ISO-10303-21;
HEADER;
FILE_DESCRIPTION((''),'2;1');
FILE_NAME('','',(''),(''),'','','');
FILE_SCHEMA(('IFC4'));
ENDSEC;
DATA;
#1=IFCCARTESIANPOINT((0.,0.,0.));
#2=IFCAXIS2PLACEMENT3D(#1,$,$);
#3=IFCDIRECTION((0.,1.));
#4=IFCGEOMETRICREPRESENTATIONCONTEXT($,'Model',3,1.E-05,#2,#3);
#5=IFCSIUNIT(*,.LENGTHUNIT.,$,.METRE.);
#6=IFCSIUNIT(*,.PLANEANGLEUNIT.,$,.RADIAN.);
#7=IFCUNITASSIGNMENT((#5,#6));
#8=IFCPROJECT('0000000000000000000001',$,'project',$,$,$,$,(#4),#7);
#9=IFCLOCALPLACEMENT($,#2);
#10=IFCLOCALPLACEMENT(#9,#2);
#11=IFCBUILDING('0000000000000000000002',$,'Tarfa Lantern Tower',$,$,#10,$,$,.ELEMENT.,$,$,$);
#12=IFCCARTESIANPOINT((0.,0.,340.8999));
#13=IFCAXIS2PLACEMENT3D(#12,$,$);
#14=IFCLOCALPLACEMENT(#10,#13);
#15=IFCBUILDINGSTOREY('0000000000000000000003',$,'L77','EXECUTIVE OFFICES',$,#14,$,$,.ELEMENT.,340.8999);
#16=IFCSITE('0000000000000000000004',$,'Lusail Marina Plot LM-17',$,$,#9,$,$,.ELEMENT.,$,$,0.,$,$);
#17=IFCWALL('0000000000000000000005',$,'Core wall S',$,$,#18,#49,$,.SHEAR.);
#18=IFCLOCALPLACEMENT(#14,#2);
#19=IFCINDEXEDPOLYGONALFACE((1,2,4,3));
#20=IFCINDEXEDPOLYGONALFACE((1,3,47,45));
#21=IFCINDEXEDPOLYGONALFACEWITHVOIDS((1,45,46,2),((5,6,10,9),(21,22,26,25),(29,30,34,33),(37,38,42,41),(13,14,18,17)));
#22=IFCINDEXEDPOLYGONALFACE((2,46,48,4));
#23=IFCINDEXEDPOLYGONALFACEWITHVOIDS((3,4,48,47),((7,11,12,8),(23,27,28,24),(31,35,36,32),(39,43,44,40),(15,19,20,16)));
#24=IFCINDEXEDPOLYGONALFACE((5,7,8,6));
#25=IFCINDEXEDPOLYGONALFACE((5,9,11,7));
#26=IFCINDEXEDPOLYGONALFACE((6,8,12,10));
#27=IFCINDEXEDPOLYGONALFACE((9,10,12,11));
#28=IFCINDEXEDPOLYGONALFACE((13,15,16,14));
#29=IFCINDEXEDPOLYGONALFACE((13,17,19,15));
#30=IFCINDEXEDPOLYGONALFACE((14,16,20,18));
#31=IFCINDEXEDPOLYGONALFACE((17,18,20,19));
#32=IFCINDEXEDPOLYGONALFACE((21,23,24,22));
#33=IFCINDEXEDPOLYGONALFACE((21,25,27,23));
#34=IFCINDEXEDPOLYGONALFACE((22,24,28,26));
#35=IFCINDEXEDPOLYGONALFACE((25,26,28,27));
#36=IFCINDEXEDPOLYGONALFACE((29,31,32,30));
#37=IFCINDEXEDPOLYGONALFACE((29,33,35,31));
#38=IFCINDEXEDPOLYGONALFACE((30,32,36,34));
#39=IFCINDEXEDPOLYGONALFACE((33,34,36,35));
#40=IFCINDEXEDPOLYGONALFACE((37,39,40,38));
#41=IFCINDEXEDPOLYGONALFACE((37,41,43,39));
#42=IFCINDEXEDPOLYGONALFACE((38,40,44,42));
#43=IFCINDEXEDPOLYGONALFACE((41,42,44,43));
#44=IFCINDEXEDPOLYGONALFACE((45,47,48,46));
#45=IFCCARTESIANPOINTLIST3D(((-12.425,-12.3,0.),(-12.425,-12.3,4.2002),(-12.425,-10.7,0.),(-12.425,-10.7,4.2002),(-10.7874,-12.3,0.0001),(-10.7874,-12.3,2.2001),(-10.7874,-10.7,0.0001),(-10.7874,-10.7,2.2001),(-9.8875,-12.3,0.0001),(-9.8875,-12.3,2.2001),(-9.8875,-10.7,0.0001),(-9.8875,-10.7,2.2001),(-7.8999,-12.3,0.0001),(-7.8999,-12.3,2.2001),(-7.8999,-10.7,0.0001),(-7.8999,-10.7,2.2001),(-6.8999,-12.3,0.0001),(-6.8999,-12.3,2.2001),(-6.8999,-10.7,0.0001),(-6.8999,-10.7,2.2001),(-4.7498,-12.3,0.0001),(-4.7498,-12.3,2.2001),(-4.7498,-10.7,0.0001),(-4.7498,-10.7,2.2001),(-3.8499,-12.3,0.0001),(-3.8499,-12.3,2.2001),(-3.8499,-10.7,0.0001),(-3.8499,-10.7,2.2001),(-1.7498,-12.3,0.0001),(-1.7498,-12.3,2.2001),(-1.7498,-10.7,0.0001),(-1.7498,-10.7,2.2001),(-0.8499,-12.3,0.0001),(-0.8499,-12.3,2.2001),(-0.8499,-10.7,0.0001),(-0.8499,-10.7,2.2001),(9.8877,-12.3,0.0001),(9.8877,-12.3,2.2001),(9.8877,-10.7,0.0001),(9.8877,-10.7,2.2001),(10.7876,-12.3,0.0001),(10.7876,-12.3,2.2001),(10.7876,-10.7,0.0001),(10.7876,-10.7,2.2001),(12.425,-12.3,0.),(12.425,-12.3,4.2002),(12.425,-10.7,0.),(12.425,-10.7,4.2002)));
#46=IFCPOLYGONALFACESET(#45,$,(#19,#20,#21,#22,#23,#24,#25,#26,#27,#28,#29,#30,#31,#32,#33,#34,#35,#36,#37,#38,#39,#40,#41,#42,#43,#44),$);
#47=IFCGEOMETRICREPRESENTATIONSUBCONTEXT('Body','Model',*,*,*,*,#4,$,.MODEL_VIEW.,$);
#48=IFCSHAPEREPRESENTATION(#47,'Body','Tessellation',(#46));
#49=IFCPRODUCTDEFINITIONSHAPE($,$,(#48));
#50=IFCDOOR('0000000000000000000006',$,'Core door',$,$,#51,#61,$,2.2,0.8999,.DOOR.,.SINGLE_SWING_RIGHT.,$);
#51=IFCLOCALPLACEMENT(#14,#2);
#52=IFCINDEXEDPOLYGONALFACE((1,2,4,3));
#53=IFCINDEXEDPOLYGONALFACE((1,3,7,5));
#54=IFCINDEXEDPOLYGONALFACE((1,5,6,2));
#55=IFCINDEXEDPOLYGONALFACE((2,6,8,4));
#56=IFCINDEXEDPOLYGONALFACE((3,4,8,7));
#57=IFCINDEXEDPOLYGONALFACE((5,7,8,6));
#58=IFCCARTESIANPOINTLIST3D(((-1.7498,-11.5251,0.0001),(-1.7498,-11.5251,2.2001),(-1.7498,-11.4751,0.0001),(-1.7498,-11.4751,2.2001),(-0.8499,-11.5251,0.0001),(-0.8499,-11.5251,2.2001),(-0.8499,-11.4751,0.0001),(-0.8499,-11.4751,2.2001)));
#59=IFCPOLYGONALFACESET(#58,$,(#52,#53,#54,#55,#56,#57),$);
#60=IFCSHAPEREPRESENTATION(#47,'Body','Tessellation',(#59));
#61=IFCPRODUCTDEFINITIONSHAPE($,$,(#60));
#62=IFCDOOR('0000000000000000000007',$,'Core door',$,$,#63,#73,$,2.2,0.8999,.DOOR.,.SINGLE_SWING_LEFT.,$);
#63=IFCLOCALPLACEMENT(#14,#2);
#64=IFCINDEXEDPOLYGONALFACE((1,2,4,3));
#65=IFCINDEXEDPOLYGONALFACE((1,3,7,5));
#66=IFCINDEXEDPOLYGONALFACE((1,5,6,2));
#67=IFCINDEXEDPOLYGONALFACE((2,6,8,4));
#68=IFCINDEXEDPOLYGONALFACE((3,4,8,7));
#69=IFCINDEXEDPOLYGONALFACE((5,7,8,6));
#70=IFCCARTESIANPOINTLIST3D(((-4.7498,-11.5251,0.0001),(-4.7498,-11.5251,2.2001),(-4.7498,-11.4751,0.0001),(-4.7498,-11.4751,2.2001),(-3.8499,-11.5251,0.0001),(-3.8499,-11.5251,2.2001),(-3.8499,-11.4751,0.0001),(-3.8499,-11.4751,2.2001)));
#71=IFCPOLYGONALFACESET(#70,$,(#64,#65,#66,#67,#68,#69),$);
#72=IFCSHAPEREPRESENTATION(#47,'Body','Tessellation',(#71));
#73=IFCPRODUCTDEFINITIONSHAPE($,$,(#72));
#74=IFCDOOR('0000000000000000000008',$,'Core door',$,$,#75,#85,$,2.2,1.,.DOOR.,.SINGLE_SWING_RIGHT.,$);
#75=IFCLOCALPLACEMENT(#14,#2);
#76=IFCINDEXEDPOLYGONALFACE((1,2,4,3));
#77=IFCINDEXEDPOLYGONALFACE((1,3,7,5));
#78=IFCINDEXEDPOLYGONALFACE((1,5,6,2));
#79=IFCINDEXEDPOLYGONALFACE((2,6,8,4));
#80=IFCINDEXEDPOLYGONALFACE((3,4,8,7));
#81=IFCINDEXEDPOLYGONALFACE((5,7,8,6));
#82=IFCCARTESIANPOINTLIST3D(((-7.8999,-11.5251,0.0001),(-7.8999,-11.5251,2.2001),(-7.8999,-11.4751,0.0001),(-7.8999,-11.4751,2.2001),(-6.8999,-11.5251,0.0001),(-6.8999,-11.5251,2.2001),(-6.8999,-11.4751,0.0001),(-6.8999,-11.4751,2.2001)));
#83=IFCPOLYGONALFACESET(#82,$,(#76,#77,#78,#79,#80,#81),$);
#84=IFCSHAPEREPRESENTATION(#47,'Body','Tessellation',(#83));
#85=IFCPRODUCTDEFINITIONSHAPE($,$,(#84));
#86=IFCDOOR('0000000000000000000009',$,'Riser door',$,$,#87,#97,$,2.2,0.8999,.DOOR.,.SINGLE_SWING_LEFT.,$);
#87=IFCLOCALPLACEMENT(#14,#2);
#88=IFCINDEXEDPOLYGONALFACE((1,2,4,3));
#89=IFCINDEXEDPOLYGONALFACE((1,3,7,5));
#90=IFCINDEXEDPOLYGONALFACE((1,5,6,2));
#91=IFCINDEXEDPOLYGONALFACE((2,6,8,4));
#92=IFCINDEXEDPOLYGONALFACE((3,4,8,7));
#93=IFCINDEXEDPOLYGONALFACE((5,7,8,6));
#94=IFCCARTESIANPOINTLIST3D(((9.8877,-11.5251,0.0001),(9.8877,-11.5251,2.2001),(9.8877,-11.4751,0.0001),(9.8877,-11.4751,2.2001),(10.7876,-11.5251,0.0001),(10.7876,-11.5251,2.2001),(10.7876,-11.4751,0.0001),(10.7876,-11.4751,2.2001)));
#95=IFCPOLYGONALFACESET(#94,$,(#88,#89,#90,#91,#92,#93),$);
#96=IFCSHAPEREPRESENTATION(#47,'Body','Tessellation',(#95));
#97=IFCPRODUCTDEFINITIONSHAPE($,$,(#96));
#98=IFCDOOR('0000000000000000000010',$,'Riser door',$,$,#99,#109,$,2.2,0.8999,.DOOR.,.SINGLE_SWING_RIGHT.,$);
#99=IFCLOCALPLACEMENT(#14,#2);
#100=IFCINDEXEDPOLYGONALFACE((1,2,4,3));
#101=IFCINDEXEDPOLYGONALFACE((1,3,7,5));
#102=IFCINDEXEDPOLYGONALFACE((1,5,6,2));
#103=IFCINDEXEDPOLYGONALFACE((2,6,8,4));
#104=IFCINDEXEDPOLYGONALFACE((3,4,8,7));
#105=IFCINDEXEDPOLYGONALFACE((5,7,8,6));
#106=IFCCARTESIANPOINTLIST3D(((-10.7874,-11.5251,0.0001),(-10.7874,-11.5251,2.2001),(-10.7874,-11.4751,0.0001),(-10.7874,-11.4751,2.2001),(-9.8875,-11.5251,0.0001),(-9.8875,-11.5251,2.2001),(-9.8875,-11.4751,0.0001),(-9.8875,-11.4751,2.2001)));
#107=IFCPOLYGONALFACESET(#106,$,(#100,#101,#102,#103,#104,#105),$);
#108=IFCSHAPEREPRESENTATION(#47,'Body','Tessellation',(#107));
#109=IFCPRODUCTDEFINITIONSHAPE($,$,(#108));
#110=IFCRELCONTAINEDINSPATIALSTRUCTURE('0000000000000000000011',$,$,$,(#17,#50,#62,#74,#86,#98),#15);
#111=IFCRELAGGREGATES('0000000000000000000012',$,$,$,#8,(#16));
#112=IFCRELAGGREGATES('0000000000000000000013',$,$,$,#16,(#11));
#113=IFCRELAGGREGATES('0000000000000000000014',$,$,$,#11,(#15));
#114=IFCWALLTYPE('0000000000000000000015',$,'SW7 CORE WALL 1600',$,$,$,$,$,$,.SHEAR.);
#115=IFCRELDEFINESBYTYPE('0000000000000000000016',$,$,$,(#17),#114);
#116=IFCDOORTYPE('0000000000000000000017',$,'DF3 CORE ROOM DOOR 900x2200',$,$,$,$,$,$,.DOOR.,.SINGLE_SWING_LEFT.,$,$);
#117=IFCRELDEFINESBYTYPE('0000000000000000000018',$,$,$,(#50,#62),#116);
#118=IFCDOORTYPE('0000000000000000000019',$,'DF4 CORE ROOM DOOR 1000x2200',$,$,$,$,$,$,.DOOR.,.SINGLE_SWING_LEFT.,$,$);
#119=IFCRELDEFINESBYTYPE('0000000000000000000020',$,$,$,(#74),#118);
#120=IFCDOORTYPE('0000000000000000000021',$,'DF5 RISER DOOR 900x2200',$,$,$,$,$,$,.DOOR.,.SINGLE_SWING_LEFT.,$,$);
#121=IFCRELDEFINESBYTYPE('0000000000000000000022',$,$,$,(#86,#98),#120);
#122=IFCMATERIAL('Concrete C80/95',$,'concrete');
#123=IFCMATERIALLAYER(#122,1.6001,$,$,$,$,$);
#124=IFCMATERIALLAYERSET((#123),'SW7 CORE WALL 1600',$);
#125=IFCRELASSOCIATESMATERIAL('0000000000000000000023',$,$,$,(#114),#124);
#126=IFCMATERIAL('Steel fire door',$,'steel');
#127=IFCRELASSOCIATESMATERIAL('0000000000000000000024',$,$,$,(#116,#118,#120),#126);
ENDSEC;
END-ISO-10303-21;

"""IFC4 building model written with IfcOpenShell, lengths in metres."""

from ifc_helpers import new_model, si_unit, direction, frame, frame_2d, origin, place, context, subcontext, project, spatial, rectangle, extrude, material, layer, layer_set, type_object, element, fill, save


model = new_model("IFC4")

# Units and contexts
model_context = context("Model", 3, precision=1e-05, world=origin(), true_north=direction((0.0, 1.0)))
body_context = subcontext(model_context, "Body", "Model", "MODEL_VIEW")
ifc_project = project(units=[si_unit("LENGTHUNIT", "METRE"), si_unit("PLANEANGLEUNIT", "RADIAN")], contexts=[model_context])

# Site, building, storey
site_placement = place(None, origin())
site = spatial("IfcSite", under=ifc_project, at=site_placement, Name="Lusail Marina Plot LM-17", CompositionType="ELEMENT", RefElevation=0.0)
building_placement = place(site_placement, origin())
building = spatial("IfcBuilding", under=site, at=building_placement, Name="Tarfa Lantern Tower", CompositionType="ELEMENT")
storey_placement = place(building_placement, frame((0.0, 0.0, 340.8999)))
storey = spatial("IfcBuildingStorey", under=building, at=storey_placement, Name="L77", Description="EXECUTIVE OFFICES", CompositionType="ELEMENT", Elevation=340.8999)

# Wall, openings, doors
ifc_material_1 = material(Name="Concrete C80/95", Category="concrete")
ifc_layer_1 = layer(ifc_material_1, 1.6001)
ifc_layer_set_1 = layer_set([ifc_layer_1], Name="SW7 CORE WALL 1600")
wall_type_1 = type_object("IfcWallType", Name="SW7 CORE WALL 1600", PredefinedType="SHEAR", material=ifc_layer_set_1)
wall_1_placement = place(storey_placement, frame((12.425, -11.5, 0.0), z_axis=(0.0, 0.0, 1.0), x_axis=(-1.0, 0.0, 0.0)))
wall_1 = element("IfcWall", 1, at=wall_1_placement, inside=storey, type_object=wall_type_1, Name="Core wall S", PredefinedType="SHEAR", context=body_context, shape_type="SweptSolid", body=[
    extrude(rectangle(XDim=24.8501, YDim=1.6001, at=frame_2d((12.425, 0.0))), origin(), (0.0, 0.0, 1.0), 4.2002),
])
opening_1_placement = place(wall_1_placement, frame((13.2749, 0.0, 0.0)))
opening_1 = element("IfcOpeningElement", 2, at=opening_1_placement, cuts=wall_1, PredefinedType="OPENING", context=body_context, shape_type="SweptSolid", body=[
    extrude(rectangle(XDim=0.8999, YDim=2.2, at=frame_2d((0.45, 1.1001))), frame((0.0, 0.8101, 0.0), z_axis=(0.0, -1.0, 0.0), x_axis=(1.0, 0.0, 0.0)), (0.0, 0.0, 1.0), 1.6201),
])
opening_2_placement = place(wall_1_placement, frame((16.2749, 0.0, 0.0)))
opening_2 = element("IfcOpeningElement", 3, at=opening_2_placement, cuts=wall_1, PredefinedType="OPENING", context=body_context, shape_type="SweptSolid", body=[
    extrude(rectangle(XDim=0.8999, YDim=2.2, at=frame_2d((0.45, 1.1001))), frame((0.0, 0.8101, 0.0), z_axis=(0.0, -1.0, 0.0), x_axis=(1.0, 0.0, 0.0)), (0.0, 0.0, 1.0), 1.6201),
])
opening_3_placement = place(wall_1_placement, frame((19.325, 0.0, 0.0)))
opening_3 = element("IfcOpeningElement", 4, at=opening_3_placement, cuts=wall_1, PredefinedType="OPENING", context=body_context, shape_type="SweptSolid", body=[
    extrude(rectangle(XDim=1.0, YDim=2.2, at=frame_2d((0.5, 1.1001))), frame((0.0, 0.8101, 0.0), z_axis=(0.0, -1.0, 0.0), x_axis=(1.0, 0.0, 0.0)), (0.0, 0.0, 1.0), 1.6201),
])
opening_4_placement = place(wall_1_placement, frame((1.6375, 0.0, 0.0)))
opening_4 = element("IfcOpeningElement", 5, at=opening_4_placement, cuts=wall_1, PredefinedType="OPENING", context=body_context, shape_type="SweptSolid", body=[
    extrude(rectangle(XDim=0.8999, YDim=2.2, at=frame_2d((0.45, 1.1001))), frame((0.0, 0.8101, 0.0), z_axis=(0.0, -1.0, 0.0), x_axis=(1.0, 0.0, 0.0)), (0.0, 0.0, 1.0), 1.6201),
])
opening_5_placement = place(wall_1_placement, frame((22.3125, 0.0, 0.0)))
opening_5 = element("IfcOpeningElement", 6, at=opening_5_placement, cuts=wall_1, PredefinedType="OPENING", context=body_context, shape_type="SweptSolid", body=[
    extrude(rectangle(XDim=0.8999, YDim=2.2, at=frame_2d((0.45, 1.1001))), frame((0.0, 0.8101, 0.0), z_axis=(0.0, -1.0, 0.0), x_axis=(1.0, 0.0, 0.0)), (0.0, 0.0, 1.0), 1.6201),
])
ifc_material_2 = material(Name="Steel fire door", Category="steel")
door_type_1 = type_object("IfcDoorType", Name="DF3 CORE ROOM DOOR 900x2200", OperationType="SINGLE_SWING_LEFT", PredefinedType="DOOR", material=ifc_material_2)
door_1_placement = place(opening_1_placement, frame((0.8999, 0.0, 0.0), z_axis=(0.0, 0.0, 1.0), x_axis=(-1.0, 0.0, 0.0)))
door_1 = element("IfcDoor", 7, at=door_1_placement, inside=storey, type_object=door_type_1, Name="Core door", OperationType="SINGLE_SWING_RIGHT", OverallHeight=2.2, OverallWidth=0.8999, PredefinedType="DOOR", context=body_context, shape_type="SweptSolid", body=[
    extrude(rectangle(XDim=0.8999, YDim=2.2, at=frame_2d((0.45, 1.1001))), frame((0.0, 0.0249, 0.0), z_axis=(0.0, -1.0, 0.0), x_axis=(1.0, 0.0, 0.0)), (0.0, 0.0, 1.0), 0.05),
])
fill(opening_1, door_1)
door_2_placement = place(opening_2_placement, frame((0.8999, 0.0, 0.0), z_axis=(0.0, 0.0, 1.0), x_axis=(-1.0, 0.0, 0.0)))
door_2 = element("IfcDoor", 8, at=door_2_placement, inside=storey, type_object=door_type_1, Name="Core door", OperationType="SINGLE_SWING_LEFT", OverallHeight=2.2, OverallWidth=0.8999, PredefinedType="DOOR", context=body_context, shape_type="SweptSolid", body=[
    extrude(rectangle(XDim=0.8999, YDim=2.2, at=frame_2d((0.45, 1.1001))), frame((0.0, 0.0249, 0.0), z_axis=(0.0, -1.0, 0.0), x_axis=(1.0, 0.0, 0.0)), (0.0, 0.0, 1.0), 0.05),
])
fill(opening_2, door_2)
door_type_2 = type_object("IfcDoorType", Name="DF4 CORE ROOM DOOR 1000x2200", OperationType="SINGLE_SWING_LEFT", PredefinedType="DOOR", material=ifc_material_2)
door_3_placement = place(opening_3_placement, frame((1.0, 0.0, 0.0), z_axis=(0.0, 0.0, 1.0), x_axis=(-1.0, 0.0, 0.0)))
door_3 = element("IfcDoor", 9, at=door_3_placement, inside=storey, type_object=door_type_2, Name="Core door", OperationType="SINGLE_SWING_RIGHT", OverallHeight=2.2, OverallWidth=1.0, PredefinedType="DOOR", context=body_context, shape_type="SweptSolid", body=[
    extrude(rectangle(XDim=1.0, YDim=2.2, at=frame_2d((0.5, 1.1001))), frame((0.0, 0.0249, 0.0), z_axis=(0.0, -1.0, 0.0), x_axis=(1.0, 0.0, 0.0)), (0.0, 0.0, 1.0), 0.05),
])
fill(opening_3, door_3)
door_type_3 = type_object("IfcDoorType", Name="DF5 RISER DOOR 900x2200", OperationType="SINGLE_SWING_LEFT", PredefinedType="DOOR", material=ifc_material_2)
door_4_placement = place(opening_4_placement, frame((0.8999, 0.0, 0.0), z_axis=(0.0, 0.0, 1.0), x_axis=(-1.0, 0.0, 0.0)))
door_4 = element("IfcDoor", 10, at=door_4_placement, inside=storey, type_object=door_type_3, Name="Riser door", OperationType="SINGLE_SWING_LEFT", OverallHeight=2.2, OverallWidth=0.8999, PredefinedType="DOOR", context=body_context, shape_type="SweptSolid", body=[
    extrude(rectangle(XDim=0.8999, YDim=2.2, at=frame_2d((0.45, 1.1001))), frame((0.0, 0.0249, 0.0), z_axis=(0.0, -1.0, 0.0), x_axis=(1.0, 0.0, 0.0)), (0.0, 0.0, 1.0), 0.05),
])
fill(opening_4, door_4)
door_5_placement = place(opening_5_placement, frame((0.8999, 0.0, 0.0), z_axis=(0.0, 0.0, 1.0), x_axis=(-1.0, 0.0, 0.0)))
door_5 = element("IfcDoor", 11, at=door_5_placement, inside=storey, type_object=door_type_3, Name="Riser door", OperationType="SINGLE_SWING_RIGHT", OverallHeight=2.2, OverallWidth=0.8999, PredefinedType="DOOR", context=body_context, shape_type="SweptSolid", body=[
    extrude(rectangle(XDim=0.8999, YDim=2.2, at=frame_2d((0.45, 1.1001))), frame((0.0, 0.0249, 0.0), z_axis=(0.0, -1.0, 0.0), x_axis=(1.0, 0.0, 0.0)), (0.0, 0.0, 1.0), 0.05),
])
fill(opening_5, door_5)

save(model, "model.ifc")
